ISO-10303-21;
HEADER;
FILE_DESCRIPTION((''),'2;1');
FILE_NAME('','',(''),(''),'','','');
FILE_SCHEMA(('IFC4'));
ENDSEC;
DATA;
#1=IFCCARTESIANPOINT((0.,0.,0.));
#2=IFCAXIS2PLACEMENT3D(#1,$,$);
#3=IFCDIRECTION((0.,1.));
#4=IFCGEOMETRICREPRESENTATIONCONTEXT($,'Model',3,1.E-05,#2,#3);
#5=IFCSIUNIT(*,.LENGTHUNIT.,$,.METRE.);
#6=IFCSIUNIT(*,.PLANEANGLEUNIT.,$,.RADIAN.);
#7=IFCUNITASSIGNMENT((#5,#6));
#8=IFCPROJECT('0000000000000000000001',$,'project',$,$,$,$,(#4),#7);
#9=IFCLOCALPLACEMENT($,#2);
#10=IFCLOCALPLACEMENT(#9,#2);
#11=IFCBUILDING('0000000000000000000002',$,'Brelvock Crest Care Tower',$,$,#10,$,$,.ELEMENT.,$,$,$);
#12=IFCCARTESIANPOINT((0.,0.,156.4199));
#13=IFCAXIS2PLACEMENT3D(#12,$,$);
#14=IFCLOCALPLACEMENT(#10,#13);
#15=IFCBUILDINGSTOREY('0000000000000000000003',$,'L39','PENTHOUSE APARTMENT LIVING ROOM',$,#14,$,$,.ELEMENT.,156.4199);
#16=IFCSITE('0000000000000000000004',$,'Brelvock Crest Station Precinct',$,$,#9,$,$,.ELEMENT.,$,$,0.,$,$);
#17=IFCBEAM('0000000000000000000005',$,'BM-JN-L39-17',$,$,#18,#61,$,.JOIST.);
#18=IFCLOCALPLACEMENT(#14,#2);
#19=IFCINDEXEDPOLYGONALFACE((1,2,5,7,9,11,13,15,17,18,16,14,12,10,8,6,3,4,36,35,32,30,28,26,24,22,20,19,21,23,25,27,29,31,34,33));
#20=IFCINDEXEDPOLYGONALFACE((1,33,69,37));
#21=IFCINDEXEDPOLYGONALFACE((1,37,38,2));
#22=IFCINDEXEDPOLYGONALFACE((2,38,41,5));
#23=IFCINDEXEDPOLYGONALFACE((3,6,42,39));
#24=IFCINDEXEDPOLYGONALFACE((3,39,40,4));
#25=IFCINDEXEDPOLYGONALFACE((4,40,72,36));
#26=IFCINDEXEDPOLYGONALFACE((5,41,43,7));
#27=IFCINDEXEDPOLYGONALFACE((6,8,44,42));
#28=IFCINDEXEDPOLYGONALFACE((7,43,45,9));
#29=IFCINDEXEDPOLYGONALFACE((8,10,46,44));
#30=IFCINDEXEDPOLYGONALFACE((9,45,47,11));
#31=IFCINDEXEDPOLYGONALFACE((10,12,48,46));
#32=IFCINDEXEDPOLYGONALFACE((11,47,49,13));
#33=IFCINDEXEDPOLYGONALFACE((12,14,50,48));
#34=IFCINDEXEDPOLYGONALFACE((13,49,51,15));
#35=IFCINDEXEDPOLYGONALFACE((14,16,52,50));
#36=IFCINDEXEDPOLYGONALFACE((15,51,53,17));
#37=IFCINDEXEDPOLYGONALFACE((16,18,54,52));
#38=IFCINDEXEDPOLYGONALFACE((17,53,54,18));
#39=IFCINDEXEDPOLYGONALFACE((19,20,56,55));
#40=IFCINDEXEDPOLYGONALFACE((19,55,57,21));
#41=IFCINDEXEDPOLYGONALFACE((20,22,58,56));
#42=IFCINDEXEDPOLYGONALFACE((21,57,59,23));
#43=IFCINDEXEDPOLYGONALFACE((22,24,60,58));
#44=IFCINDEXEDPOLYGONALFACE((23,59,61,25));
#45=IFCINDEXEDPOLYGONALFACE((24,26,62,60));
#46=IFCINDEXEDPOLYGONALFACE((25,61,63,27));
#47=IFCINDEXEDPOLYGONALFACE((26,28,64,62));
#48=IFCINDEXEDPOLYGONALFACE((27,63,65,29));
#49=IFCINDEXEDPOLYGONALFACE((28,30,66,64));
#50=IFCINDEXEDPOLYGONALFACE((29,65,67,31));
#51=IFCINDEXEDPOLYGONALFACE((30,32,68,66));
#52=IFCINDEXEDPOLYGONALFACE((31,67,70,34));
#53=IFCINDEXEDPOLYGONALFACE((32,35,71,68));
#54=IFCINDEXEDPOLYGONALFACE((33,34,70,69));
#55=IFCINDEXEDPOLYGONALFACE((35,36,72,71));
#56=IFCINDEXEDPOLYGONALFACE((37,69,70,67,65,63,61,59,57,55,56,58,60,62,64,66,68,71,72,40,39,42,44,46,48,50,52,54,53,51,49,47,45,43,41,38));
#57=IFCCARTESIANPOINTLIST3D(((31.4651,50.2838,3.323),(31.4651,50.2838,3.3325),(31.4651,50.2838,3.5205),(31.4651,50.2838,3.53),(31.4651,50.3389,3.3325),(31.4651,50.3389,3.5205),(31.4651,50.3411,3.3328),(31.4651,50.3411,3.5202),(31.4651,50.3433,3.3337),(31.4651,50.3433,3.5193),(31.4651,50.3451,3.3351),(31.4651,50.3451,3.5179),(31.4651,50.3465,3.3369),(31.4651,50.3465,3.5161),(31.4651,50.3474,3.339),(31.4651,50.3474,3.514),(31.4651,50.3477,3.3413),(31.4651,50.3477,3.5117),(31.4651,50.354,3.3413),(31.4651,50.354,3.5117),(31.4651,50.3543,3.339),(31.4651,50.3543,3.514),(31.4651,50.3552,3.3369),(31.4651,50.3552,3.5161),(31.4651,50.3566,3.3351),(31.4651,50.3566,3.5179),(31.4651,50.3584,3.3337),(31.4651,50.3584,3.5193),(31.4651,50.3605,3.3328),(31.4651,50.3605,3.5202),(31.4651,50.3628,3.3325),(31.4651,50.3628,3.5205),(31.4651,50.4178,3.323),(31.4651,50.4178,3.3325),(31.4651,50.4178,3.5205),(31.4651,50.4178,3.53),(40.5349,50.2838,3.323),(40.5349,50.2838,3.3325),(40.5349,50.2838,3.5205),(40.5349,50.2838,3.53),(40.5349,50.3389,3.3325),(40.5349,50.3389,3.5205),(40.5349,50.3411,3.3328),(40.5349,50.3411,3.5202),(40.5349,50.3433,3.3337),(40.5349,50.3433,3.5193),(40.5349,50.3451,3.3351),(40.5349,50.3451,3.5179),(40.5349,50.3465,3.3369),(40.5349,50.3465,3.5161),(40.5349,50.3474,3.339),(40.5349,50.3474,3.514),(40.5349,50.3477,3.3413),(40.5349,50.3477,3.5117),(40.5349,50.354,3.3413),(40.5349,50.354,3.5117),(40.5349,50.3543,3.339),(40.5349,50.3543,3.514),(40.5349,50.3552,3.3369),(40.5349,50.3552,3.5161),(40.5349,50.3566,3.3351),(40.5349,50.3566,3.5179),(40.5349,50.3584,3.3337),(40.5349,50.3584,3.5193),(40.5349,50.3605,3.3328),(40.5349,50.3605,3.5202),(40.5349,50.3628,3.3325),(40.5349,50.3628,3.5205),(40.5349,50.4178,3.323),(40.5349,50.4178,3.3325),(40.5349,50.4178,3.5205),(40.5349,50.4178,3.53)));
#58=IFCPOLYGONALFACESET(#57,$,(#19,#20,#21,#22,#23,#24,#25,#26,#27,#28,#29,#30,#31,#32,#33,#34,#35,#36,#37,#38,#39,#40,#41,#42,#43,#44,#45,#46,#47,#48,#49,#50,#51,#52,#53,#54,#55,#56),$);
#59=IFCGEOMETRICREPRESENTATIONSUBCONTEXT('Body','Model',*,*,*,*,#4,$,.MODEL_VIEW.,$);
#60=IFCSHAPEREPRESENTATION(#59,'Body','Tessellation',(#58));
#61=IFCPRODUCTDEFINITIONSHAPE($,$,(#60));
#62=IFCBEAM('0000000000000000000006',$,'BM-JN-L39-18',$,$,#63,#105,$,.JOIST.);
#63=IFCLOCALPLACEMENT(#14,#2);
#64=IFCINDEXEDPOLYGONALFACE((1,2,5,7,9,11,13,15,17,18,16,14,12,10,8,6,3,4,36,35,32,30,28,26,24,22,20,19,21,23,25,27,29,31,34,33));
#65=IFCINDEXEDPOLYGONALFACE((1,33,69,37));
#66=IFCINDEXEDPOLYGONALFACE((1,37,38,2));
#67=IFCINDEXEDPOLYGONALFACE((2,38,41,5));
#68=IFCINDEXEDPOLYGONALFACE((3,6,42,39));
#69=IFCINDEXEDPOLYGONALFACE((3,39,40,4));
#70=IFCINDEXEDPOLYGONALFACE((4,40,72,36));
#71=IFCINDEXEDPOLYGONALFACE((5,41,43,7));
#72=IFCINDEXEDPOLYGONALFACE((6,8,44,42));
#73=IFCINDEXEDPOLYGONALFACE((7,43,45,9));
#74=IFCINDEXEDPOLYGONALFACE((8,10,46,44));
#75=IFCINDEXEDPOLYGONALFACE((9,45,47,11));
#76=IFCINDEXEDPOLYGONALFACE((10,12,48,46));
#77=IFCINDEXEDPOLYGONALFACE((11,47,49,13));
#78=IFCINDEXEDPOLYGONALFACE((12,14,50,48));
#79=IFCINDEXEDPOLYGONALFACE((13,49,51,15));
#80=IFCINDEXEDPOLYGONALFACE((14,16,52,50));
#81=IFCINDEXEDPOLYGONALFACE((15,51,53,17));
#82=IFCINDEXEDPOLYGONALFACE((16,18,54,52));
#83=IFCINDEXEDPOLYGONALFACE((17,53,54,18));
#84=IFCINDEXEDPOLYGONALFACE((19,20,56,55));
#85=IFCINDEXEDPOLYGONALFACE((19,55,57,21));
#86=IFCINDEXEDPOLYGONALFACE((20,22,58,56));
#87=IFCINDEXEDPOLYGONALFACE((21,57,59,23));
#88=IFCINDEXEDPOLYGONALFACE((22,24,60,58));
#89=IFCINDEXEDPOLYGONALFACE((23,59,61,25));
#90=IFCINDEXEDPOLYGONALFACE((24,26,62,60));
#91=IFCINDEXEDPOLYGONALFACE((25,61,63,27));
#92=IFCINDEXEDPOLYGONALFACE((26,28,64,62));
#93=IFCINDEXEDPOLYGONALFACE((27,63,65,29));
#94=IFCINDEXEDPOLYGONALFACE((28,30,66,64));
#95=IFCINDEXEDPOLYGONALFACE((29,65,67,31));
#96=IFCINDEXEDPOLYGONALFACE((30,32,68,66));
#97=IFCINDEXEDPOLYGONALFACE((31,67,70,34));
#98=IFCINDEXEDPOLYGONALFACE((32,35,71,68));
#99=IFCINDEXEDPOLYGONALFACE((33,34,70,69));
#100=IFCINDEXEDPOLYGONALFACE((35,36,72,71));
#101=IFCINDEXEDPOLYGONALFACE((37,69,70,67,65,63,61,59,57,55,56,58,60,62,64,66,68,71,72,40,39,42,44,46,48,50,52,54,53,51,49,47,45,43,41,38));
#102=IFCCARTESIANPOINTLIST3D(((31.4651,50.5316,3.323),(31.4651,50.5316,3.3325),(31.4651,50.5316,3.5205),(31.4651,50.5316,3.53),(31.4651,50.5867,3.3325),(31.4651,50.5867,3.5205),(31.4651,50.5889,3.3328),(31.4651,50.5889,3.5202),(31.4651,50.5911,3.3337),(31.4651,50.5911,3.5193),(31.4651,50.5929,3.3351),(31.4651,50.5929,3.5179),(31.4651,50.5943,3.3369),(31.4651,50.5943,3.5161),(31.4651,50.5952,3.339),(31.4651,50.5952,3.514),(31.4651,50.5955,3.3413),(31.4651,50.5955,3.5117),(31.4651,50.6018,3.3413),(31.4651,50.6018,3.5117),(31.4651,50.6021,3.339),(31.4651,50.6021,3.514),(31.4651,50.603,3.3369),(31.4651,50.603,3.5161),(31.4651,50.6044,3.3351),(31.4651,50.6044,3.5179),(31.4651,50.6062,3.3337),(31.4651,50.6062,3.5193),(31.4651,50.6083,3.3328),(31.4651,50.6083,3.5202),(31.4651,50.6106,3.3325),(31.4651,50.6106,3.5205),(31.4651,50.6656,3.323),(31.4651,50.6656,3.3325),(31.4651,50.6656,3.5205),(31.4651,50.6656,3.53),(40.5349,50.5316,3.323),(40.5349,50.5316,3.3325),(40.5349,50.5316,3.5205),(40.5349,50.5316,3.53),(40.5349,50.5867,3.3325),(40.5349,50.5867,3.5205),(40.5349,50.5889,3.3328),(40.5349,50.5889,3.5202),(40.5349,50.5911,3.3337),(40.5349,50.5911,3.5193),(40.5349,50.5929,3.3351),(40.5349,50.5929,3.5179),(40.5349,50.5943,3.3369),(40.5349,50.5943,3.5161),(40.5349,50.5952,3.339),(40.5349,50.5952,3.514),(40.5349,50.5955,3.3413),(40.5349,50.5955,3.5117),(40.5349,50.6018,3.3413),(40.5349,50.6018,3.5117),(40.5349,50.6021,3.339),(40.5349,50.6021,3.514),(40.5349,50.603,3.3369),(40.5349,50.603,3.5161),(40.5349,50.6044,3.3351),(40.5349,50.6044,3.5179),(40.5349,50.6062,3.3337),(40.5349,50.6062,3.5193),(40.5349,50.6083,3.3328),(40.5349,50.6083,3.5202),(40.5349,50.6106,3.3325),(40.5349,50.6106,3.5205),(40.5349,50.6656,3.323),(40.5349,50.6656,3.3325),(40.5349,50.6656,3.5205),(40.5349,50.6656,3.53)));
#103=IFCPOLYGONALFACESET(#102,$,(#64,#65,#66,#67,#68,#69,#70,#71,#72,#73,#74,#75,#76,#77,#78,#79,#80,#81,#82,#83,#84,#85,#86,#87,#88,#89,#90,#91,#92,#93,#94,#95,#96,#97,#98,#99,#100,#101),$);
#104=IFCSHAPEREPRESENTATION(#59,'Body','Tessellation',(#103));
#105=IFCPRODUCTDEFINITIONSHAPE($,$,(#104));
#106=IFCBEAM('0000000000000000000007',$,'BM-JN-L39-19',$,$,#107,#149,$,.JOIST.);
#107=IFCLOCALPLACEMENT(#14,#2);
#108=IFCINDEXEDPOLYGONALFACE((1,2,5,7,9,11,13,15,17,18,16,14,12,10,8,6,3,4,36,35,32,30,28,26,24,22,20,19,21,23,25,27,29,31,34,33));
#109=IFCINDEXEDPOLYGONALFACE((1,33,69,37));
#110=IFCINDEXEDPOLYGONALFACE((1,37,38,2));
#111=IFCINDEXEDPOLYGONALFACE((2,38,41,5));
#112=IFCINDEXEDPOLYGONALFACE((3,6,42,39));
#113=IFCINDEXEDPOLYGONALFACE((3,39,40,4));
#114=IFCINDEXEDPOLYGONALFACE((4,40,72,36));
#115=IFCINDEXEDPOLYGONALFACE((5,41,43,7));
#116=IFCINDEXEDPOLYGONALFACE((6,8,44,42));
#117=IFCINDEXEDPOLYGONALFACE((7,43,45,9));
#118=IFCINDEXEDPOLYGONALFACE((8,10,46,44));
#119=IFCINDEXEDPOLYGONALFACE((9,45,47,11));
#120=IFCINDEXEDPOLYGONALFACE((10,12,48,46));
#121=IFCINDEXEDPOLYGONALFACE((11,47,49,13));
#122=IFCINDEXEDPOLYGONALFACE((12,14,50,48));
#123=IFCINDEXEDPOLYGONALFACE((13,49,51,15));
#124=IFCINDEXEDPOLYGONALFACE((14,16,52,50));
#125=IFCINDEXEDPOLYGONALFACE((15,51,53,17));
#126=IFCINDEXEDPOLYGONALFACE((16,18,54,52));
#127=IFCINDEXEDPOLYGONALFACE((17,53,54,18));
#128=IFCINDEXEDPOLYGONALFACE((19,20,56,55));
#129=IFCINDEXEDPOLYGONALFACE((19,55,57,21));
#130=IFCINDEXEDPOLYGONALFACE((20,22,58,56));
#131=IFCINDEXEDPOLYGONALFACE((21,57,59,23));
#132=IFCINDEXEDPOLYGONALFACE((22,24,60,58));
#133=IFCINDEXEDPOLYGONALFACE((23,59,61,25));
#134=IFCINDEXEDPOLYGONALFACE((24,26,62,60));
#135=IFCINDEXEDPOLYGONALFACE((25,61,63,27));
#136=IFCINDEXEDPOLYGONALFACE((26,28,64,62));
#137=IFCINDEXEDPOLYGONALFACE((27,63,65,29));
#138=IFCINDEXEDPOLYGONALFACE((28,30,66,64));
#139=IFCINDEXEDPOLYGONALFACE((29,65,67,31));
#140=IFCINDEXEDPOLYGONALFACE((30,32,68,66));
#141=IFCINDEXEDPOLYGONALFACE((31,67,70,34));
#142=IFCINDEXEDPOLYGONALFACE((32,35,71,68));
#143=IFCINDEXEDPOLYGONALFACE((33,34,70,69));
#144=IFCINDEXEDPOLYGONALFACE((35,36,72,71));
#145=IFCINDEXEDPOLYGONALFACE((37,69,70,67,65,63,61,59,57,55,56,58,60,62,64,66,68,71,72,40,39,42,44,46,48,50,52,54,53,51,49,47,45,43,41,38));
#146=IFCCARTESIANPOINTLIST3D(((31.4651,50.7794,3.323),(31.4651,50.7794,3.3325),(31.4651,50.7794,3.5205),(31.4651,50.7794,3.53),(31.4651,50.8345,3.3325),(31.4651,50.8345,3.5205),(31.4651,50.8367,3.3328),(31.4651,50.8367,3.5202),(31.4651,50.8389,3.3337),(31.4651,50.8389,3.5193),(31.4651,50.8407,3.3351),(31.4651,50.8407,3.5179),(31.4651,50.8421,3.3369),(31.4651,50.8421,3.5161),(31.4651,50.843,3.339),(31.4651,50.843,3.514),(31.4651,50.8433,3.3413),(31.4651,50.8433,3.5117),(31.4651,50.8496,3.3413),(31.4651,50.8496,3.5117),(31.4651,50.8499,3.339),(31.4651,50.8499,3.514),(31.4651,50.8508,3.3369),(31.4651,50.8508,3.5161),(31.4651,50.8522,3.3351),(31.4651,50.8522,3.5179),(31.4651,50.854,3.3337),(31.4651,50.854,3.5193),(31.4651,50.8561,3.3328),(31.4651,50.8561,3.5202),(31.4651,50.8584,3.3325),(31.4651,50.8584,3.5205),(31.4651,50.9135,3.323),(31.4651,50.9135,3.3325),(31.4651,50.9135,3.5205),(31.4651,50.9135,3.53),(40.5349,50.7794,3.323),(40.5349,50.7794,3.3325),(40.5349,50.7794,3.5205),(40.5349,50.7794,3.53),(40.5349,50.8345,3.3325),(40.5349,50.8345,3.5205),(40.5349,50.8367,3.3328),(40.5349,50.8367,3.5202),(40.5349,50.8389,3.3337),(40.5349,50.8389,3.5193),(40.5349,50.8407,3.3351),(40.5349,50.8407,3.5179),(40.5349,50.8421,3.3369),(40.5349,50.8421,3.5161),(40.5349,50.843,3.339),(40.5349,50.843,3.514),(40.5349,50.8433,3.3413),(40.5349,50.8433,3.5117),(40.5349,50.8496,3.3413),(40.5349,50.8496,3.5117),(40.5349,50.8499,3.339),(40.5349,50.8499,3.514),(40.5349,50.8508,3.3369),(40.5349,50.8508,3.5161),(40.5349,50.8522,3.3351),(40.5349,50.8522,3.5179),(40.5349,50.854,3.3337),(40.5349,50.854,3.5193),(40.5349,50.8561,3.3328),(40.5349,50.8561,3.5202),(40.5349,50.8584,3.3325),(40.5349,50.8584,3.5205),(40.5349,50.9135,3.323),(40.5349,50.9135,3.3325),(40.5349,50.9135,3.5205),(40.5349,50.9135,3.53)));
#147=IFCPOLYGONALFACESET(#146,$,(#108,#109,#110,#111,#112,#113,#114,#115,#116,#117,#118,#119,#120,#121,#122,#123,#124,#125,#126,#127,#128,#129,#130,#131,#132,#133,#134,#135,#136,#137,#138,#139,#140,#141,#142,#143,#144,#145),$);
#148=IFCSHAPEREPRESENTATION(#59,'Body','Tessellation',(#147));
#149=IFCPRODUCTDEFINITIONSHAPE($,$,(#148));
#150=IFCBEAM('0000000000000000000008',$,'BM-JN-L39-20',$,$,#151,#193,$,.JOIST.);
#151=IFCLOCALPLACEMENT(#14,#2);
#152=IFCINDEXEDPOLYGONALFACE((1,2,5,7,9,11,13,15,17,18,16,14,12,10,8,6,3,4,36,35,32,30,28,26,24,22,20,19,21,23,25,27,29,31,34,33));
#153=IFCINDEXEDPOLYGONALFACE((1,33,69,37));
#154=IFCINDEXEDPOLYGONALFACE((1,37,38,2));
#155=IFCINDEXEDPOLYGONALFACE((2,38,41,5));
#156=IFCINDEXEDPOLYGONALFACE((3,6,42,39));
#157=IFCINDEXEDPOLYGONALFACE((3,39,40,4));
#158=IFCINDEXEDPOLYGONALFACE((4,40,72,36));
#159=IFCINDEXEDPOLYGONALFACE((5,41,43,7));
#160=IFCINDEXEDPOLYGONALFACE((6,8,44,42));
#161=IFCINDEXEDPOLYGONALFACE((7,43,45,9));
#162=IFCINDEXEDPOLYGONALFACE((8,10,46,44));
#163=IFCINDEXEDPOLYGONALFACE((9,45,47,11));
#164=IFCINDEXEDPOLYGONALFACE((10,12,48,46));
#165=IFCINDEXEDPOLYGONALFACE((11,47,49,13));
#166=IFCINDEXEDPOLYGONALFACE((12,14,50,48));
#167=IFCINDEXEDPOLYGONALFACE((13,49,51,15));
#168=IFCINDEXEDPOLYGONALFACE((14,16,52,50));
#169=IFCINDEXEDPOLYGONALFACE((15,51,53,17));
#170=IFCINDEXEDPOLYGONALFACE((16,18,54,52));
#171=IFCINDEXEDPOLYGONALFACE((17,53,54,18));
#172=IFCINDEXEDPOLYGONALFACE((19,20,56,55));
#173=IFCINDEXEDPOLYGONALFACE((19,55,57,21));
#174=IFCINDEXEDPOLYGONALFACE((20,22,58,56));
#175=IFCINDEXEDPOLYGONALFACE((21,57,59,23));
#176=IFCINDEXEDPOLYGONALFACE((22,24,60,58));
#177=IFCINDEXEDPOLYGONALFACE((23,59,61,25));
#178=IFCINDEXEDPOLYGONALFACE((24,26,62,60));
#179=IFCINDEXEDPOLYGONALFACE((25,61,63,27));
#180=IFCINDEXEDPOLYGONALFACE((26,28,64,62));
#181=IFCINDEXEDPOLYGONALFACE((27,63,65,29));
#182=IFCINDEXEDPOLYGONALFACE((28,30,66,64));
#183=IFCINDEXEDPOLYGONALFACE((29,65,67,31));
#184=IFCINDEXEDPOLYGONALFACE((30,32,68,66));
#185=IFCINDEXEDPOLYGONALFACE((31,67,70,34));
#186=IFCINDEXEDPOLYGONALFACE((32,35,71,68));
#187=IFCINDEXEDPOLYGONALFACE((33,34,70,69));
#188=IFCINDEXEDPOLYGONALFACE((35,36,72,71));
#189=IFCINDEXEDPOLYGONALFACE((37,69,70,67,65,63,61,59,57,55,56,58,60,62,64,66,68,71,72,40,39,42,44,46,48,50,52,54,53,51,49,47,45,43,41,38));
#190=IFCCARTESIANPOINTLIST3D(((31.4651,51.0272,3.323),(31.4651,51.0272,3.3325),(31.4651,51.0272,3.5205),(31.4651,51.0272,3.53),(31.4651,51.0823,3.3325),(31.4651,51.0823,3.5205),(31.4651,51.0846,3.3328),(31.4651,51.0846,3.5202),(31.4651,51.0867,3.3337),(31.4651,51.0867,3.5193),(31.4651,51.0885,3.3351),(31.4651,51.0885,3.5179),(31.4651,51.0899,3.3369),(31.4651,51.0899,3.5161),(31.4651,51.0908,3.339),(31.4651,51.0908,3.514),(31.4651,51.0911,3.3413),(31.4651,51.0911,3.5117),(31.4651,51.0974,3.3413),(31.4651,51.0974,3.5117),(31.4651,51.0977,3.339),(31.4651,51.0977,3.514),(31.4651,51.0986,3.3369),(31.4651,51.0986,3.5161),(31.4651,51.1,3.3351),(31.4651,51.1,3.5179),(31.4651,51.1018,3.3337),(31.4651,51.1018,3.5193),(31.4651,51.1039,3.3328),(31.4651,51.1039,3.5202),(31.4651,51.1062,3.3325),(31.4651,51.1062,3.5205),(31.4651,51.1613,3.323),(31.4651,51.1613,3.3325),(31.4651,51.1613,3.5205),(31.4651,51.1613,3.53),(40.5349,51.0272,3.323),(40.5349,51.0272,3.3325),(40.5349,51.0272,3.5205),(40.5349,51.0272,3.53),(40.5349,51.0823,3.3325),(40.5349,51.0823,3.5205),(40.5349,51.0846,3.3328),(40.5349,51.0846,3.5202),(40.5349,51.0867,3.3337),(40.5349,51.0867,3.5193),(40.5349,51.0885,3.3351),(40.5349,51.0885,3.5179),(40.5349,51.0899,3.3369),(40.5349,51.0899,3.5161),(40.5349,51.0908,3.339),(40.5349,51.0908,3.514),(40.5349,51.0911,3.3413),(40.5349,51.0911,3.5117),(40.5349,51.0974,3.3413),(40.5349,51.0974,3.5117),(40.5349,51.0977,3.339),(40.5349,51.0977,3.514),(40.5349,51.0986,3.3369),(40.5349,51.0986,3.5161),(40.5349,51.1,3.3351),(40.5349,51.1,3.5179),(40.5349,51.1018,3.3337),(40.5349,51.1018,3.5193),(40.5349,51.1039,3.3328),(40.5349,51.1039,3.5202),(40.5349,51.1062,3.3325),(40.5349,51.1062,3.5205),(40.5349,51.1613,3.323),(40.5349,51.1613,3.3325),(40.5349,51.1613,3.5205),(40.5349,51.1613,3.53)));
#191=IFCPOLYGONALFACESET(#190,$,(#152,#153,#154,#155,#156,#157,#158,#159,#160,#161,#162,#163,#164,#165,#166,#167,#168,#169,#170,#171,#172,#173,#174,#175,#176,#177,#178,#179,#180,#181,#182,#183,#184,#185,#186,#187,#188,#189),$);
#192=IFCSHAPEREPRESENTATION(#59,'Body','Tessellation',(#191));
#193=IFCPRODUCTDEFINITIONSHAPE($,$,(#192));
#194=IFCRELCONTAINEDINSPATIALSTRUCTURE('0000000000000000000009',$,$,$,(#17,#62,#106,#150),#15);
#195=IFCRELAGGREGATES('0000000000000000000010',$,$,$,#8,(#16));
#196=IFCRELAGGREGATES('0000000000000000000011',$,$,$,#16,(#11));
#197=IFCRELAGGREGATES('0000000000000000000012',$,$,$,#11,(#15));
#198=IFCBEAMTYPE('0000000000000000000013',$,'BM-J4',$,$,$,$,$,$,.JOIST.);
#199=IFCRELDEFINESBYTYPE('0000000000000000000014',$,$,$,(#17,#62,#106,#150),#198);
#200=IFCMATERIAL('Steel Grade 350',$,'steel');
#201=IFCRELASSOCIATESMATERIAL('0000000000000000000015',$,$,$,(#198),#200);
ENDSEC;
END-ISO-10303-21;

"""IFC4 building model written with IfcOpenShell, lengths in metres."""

from ifc_helpers import new_model, si_unit, direction, frame, origin, origin_2d, place, context, subcontext, project, spatial, i_section, extrude, source, transform, mapped, material, material_profile, profile_set, type_object, element, save


model = new_model("IFC4")

# Units and contexts
model_context = context("Model", 3, precision=1e-05, world=origin(), true_north=direction((0.0, 1.0)))
body_context = subcontext(model_context, "Body", "Model", "MODEL_VIEW")
ifc_project = project(units=[si_unit("LENGTHUNIT", "METRE"), si_unit("PLANEANGLEUNIT", "RADIAN")], contexts=[model_context])

# Site, building, storey
site_placement = place(None, origin())
site = spatial("IfcSite", under=ifc_project, at=site_placement, Name="Brelvock Crest Station Precinct", CompositionType="ELEMENT", RefElevation=0.0)
building_placement = place(site_placement, origin())
building = spatial("IfcBuilding", under=site, at=building_placement, Name="Brelvock Crest Care Tower", CompositionType="ELEMENT")
storey_placement = place(building_placement, frame((0.0, 0.0, 156.4199)))
storey = spatial("IfcBuildingStorey", under=building, at=storey_placement, Name="L39", Description="PENTHOUSE APARTMENT LIVING ROOM", CompositionType="ELEMENT", Elevation=156.4199)

# Shared definitions
ifc_material_1 = material(Name="Steel Grade 350", Category="steel")

# Beams
ifc_material_profile_1 = material_profile(ifc_material_1, i_section(OverallWidth=0.134, OverallDepth=0.207, WebThickness=0.0063, FlangeThickness=0.0095, FilletRadius=0.0088, at=origin_2d()), Name="200UB29.8")
ifc_profile_set_1 = profile_set([ifc_material_profile_1], Name="Steel Grade 350")
beam_type_1 = type_object("IfcBeamType", Name="BM-J4", PredefinedType="JOIST", material=ifc_profile_set_1)
shared_shape_1 = source(origin(), body_context, "Body", "SweptSolid", [
    extrude(i_section(OverallWidth=0.134, OverallDepth=0.207, WebThickness=0.0063, FlangeThickness=0.0095, FilletRadius=0.0088, at=origin_2d()), origin(), (0.0, 0.0, 1.0), 9.0698),
])
for number, where, z_axis, x_axis, name in (
    (1, (31.4651, 50.3508, 3.4265), (1.0, 0.0, 0.0), (0.0, 1.0, 0.0), "BM-JN-L39-17"),
    (2, (31.4651, 50.5986, 3.4265), (1.0, 0.0, 0.0), (0.0, 1.0, 0.0), "BM-JN-L39-18"),
    (3, (31.4651, 50.8464, 3.4265), (1.0, 0.0, 0.0), (0.0, 1.0, 0.0), "BM-JN-L39-19"),
    (4, (31.4651, 51.0942, 3.4265), (1.0, 0.0, 0.0), (0.0, 1.0, 0.0), "BM-JN-L39-20"),
):
    element("IfcBeam", number, at=place(storey_placement, frame(where, z_axis=z_axis, x_axis=x_axis)), inside=storey, type_object=beam_type_1, Name=name, PredefinedType="JOIST", context=body_context, shape_type="MappedRepresentation", body=[
        mapped(shared_shape_1, transform((0.0, 0.0, 0.0), x_axis=(1.0, 0.0, 0.0), y_axis=(0.0, 1.0, 0.0), z_axis=(0.0, 0.0, 1.0), scale=1.0)),
    ])

save(model, "model.ifc")
